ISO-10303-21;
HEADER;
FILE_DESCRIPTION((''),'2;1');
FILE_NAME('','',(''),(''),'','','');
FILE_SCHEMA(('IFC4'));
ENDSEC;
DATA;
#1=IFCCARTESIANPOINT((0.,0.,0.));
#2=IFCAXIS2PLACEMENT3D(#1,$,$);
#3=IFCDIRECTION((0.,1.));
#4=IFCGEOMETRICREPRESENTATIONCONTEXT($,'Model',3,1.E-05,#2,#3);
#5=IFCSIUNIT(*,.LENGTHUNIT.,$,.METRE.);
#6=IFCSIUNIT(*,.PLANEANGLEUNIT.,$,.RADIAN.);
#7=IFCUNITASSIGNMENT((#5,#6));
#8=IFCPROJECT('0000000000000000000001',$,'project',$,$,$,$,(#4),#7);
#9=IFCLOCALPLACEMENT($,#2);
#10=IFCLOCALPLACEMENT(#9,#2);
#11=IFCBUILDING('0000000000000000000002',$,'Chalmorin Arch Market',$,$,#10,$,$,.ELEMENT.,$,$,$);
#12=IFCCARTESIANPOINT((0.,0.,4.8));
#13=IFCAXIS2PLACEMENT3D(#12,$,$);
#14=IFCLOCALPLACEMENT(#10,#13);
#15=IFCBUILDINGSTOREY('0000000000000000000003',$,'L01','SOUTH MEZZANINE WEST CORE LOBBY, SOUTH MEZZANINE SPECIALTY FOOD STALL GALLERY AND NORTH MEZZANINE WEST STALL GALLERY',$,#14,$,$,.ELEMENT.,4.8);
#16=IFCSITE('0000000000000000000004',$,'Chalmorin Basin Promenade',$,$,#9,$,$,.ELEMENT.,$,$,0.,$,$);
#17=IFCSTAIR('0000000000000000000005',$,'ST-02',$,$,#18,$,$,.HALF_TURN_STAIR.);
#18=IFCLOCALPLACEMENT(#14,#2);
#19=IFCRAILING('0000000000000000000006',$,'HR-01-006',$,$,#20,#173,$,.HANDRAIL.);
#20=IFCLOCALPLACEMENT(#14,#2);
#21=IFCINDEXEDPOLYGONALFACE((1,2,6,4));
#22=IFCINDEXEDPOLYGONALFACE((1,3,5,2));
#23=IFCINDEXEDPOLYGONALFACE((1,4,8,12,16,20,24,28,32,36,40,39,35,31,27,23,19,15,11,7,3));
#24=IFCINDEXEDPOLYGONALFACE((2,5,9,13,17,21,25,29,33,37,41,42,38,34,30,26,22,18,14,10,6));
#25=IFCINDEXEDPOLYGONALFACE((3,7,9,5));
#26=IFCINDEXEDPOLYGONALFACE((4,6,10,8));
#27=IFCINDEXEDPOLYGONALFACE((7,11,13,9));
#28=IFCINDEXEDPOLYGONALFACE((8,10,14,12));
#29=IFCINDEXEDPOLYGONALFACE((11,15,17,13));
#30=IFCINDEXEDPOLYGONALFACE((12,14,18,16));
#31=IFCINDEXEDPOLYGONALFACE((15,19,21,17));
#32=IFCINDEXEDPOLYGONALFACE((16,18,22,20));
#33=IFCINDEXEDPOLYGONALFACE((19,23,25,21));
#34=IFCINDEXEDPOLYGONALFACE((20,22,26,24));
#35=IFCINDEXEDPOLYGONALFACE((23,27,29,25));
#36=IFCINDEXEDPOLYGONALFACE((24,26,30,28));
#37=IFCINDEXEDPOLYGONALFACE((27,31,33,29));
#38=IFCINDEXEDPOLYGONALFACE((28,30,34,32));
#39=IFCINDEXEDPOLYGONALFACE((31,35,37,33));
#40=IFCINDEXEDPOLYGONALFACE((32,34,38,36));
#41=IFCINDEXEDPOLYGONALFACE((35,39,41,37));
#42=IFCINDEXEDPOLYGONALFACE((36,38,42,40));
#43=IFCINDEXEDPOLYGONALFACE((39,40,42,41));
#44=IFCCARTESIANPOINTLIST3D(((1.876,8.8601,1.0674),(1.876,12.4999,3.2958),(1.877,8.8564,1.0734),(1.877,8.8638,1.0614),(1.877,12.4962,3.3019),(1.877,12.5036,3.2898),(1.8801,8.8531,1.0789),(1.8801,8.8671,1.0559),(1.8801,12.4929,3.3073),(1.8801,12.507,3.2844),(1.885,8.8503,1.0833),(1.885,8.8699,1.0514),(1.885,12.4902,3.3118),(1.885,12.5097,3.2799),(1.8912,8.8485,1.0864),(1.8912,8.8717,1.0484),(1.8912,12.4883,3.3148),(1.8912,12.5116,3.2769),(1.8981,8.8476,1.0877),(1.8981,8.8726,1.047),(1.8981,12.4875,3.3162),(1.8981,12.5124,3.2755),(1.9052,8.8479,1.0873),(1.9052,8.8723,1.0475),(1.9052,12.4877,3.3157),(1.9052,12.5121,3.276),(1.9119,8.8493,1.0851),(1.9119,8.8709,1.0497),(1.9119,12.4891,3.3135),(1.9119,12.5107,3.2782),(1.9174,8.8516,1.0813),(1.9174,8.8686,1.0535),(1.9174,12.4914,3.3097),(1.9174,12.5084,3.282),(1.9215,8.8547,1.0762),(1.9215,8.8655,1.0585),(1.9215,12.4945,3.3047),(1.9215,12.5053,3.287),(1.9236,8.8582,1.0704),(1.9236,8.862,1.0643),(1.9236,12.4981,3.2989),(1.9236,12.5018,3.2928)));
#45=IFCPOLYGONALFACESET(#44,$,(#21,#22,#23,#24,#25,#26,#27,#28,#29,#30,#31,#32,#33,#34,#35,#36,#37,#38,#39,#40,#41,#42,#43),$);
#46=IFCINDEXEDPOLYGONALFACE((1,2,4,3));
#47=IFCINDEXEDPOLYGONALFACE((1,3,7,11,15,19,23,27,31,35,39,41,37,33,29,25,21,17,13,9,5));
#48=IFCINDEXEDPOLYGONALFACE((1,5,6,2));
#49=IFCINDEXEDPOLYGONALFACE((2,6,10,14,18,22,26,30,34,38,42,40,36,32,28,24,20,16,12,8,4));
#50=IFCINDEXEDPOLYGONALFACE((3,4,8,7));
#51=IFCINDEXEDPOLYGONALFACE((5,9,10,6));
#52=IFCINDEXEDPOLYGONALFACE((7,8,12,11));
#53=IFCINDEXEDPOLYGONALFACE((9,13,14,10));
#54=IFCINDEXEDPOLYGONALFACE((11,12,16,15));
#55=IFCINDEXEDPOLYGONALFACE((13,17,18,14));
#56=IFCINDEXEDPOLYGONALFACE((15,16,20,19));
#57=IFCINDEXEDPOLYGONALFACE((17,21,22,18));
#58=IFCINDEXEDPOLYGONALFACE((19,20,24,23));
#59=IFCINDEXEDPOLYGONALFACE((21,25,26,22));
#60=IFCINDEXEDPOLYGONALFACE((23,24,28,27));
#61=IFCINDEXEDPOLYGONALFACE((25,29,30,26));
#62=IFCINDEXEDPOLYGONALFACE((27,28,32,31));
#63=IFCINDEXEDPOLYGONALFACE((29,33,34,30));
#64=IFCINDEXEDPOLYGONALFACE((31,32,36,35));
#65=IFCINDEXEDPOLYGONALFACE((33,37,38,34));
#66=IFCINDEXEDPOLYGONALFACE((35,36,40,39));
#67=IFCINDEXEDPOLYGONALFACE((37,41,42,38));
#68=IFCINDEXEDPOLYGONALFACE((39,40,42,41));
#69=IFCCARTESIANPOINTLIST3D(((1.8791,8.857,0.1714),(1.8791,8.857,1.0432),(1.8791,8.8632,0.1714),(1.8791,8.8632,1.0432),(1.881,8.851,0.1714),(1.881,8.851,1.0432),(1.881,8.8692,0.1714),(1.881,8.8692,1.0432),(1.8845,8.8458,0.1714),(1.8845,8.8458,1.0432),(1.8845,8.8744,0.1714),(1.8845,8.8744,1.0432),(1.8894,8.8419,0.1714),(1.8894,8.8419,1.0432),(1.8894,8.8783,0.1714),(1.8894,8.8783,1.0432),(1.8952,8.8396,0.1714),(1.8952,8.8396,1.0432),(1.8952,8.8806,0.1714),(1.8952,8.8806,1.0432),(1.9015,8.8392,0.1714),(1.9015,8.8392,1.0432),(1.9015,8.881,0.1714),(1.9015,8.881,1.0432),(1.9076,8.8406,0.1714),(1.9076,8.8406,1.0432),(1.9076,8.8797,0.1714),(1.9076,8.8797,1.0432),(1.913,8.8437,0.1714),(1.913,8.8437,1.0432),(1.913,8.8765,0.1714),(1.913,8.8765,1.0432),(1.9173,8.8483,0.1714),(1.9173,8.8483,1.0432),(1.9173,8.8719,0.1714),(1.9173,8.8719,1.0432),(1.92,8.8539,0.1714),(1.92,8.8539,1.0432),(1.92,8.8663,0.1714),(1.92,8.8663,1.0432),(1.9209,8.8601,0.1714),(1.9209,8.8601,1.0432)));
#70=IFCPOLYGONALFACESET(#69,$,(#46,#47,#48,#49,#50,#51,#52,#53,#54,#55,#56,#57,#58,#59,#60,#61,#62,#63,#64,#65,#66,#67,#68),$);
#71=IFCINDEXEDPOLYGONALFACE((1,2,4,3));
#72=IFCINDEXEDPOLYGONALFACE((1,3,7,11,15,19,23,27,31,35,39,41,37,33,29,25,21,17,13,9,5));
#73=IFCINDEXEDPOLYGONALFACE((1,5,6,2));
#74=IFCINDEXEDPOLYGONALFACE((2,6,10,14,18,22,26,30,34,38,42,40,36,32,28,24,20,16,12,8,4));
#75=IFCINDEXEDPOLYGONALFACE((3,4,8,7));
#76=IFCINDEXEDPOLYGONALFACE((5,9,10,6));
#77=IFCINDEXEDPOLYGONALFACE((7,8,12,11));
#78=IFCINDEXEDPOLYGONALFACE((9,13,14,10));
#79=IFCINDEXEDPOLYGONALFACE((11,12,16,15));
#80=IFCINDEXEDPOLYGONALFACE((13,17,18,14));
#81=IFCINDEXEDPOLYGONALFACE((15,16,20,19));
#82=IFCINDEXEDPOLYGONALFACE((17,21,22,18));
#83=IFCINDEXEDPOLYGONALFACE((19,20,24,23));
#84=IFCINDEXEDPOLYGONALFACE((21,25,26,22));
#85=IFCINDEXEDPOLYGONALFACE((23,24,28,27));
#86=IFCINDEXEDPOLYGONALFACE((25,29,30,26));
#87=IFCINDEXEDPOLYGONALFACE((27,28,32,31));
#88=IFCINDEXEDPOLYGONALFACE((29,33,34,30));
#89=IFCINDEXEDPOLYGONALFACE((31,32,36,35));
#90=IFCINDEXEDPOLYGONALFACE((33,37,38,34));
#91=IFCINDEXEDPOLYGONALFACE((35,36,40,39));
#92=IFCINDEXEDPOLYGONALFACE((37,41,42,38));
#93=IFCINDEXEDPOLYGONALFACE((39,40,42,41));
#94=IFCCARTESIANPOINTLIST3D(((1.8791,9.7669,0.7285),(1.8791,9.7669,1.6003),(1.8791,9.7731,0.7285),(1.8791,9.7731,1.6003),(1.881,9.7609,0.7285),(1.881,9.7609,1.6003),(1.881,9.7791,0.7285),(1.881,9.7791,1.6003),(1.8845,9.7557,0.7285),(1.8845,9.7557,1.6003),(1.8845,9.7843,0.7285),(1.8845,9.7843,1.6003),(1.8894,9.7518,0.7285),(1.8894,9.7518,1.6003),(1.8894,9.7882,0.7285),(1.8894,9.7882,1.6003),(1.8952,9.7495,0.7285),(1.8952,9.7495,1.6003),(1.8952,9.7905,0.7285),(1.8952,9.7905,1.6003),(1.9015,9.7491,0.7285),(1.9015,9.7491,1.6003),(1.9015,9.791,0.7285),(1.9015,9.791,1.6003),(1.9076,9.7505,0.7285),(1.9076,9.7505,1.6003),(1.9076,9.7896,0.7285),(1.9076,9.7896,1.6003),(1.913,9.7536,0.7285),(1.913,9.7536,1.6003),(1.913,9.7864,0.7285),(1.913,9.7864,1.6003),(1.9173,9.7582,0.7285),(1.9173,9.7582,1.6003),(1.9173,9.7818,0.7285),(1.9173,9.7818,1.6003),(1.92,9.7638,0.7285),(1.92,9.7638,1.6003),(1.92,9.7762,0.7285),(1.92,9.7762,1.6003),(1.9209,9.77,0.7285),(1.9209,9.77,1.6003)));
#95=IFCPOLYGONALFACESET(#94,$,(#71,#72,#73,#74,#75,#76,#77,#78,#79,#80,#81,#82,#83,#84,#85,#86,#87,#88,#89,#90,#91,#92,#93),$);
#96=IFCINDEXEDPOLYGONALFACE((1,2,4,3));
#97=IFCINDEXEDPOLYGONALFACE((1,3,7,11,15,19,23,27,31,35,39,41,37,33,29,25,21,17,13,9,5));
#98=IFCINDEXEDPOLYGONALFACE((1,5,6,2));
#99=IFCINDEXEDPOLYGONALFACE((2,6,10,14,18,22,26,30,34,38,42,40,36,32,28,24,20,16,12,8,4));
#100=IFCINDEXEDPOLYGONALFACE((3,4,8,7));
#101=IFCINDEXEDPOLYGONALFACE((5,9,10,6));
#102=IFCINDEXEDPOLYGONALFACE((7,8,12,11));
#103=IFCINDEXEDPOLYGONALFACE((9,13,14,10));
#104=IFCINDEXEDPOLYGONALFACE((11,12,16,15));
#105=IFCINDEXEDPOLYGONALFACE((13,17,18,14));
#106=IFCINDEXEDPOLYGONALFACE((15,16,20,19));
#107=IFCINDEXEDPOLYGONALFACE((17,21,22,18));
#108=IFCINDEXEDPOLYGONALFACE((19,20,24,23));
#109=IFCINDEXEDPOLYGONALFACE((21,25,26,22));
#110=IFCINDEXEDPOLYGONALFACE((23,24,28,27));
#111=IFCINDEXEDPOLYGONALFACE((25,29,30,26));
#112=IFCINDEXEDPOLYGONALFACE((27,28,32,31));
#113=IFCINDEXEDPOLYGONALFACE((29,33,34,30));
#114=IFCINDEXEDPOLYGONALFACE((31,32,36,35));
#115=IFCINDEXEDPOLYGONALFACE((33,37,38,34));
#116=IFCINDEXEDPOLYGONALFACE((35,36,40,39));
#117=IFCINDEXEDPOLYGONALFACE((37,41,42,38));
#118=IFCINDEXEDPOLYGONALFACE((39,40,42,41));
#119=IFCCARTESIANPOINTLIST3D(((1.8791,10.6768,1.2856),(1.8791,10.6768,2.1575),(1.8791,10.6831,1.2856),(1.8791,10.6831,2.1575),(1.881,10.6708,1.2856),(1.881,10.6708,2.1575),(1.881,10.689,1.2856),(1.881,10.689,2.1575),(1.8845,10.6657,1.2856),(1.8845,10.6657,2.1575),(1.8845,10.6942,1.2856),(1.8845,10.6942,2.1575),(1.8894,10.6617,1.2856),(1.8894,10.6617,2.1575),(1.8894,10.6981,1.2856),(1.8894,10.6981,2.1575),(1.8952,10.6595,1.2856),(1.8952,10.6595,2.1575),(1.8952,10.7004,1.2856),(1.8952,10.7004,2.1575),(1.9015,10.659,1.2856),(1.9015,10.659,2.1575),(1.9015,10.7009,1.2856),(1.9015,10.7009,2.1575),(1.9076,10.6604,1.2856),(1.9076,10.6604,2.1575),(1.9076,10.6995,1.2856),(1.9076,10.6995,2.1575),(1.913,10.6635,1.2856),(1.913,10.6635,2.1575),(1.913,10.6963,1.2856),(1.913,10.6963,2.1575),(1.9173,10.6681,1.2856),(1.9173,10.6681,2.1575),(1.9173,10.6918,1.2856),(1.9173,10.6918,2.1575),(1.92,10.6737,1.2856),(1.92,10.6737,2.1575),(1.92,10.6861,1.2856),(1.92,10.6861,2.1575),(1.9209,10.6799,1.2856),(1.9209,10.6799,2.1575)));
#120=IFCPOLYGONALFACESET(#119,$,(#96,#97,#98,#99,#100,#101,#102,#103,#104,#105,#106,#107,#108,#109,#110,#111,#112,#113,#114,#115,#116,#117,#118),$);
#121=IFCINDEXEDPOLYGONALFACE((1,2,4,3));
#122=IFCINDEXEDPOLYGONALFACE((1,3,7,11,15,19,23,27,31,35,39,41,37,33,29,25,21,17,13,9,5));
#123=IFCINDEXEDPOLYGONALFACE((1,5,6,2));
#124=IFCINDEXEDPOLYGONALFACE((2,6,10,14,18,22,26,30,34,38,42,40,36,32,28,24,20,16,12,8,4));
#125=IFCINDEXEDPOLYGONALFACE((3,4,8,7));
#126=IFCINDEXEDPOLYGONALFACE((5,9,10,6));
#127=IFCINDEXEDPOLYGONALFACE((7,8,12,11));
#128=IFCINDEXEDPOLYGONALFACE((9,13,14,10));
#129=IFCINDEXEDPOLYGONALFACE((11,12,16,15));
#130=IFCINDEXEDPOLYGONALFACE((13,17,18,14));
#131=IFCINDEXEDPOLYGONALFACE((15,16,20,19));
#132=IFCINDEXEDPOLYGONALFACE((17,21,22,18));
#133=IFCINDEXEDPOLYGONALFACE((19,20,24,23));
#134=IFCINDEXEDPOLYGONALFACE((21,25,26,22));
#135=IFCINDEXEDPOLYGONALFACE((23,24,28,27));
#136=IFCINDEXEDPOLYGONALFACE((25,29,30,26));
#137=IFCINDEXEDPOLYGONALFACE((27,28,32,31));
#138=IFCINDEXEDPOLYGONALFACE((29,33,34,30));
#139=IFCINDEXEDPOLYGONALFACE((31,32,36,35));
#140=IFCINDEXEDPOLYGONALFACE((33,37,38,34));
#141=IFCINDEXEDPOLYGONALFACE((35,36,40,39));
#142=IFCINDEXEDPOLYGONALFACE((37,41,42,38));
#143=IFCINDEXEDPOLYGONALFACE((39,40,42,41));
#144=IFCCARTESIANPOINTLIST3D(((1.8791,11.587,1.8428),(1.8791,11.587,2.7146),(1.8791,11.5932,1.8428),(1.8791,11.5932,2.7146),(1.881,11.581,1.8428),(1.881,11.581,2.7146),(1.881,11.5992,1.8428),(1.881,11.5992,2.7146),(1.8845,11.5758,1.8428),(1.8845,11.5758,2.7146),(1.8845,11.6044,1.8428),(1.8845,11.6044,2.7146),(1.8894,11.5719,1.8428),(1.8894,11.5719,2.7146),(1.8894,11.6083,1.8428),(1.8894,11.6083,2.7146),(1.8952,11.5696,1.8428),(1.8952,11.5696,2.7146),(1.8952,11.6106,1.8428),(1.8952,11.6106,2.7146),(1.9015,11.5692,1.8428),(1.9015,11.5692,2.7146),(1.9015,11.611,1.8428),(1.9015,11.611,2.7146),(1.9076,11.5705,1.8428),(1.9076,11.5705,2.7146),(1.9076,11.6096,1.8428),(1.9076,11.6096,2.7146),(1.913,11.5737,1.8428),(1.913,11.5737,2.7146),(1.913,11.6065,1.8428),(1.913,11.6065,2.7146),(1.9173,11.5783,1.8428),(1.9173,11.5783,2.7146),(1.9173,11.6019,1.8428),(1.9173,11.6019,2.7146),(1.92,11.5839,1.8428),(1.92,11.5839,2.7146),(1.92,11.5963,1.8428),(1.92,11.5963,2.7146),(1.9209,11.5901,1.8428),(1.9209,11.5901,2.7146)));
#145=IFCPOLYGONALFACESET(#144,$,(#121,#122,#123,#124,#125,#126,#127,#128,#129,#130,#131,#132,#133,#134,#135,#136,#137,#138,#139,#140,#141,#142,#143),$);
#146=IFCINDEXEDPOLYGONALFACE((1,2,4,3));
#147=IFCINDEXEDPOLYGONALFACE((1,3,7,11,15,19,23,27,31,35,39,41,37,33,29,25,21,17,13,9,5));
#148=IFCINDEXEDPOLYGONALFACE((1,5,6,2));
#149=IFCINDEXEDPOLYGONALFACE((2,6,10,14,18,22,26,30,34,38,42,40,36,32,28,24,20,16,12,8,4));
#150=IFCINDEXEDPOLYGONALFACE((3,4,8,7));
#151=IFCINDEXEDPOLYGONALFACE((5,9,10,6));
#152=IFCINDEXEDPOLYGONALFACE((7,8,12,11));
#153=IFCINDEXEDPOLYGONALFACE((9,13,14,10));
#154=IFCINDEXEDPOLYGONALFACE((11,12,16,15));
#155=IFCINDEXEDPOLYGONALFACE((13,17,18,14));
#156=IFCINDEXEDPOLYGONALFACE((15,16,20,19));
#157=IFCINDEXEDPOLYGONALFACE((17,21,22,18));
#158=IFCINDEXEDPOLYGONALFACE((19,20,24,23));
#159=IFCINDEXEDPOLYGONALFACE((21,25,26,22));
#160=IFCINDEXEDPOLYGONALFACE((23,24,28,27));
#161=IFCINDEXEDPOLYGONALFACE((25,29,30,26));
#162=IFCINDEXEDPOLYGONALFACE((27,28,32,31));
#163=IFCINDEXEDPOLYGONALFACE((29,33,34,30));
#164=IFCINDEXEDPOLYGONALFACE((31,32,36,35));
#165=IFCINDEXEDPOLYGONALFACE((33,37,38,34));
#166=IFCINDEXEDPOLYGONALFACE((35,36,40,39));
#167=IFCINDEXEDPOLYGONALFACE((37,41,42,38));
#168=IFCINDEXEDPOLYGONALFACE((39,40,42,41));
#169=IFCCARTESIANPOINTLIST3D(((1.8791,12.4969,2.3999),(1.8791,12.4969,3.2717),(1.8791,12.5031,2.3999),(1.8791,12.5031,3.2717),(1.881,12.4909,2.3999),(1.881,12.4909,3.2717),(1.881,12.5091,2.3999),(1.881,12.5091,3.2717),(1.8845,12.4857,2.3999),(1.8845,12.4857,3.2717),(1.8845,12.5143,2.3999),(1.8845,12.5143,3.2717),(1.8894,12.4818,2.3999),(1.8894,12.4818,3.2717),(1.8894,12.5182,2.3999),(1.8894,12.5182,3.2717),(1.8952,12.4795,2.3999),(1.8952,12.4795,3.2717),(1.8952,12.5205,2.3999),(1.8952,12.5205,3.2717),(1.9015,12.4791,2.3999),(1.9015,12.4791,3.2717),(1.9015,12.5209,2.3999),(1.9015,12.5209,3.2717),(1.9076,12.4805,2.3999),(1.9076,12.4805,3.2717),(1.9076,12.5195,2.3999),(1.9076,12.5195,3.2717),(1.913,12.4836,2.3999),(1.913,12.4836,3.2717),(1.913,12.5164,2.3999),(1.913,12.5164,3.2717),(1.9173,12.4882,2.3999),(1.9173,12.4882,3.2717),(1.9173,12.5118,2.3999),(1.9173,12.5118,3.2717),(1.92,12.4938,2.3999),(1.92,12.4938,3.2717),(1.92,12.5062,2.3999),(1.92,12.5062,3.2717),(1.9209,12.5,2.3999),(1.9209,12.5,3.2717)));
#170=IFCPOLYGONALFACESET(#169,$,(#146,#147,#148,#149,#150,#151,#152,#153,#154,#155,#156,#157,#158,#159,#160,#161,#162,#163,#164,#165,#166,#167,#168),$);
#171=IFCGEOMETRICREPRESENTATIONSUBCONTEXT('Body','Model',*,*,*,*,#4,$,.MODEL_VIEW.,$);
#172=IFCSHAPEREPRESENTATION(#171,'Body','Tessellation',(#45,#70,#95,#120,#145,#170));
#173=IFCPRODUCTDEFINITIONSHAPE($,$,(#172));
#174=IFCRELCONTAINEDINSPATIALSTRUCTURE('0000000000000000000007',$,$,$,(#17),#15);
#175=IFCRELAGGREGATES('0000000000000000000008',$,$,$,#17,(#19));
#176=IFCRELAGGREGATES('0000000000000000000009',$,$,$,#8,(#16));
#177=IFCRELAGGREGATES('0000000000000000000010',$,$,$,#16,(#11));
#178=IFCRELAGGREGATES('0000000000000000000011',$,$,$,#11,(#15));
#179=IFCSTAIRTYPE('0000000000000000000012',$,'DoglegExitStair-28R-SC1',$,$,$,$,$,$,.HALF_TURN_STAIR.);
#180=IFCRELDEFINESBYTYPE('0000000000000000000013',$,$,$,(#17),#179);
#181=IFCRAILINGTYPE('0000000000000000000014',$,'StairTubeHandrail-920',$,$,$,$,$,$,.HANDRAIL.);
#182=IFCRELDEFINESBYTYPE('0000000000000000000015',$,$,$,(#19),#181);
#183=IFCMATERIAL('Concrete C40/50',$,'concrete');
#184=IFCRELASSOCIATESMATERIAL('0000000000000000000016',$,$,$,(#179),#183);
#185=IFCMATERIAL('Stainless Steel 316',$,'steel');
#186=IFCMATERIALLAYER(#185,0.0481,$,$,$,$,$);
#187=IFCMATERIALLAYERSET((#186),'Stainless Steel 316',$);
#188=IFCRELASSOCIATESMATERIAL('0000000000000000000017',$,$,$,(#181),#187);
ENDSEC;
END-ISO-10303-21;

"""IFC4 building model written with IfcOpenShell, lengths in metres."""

from ifc_helpers import new_model, si_unit, direction, frame, origin, origin_2d, place, context, subcontext, project, spatial, circle, extrude, material, layer, layer_set, type_object, element, aggregate, save


model = new_model("IFC4")

# Units and contexts
model_context = context("Model", 3, precision=1e-05, world=origin(), true_north=direction((0.0, 1.0)))
body_context = subcontext(model_context, "Body", "Model", "MODEL_VIEW")
ifc_project = project(units=[si_unit("LENGTHUNIT", "METRE"), si_unit("PLANEANGLEUNIT", "RADIAN")], contexts=[model_context])

# Site, building, storey
site_placement = place(None, origin())
site = spatial("IfcSite", under=ifc_project, at=site_placement, Name="Chalmorin Basin Promenade", CompositionType="ELEMENT", RefElevation=0.0)
building_placement = place(site_placement, origin())
building = spatial("IfcBuilding", under=site, at=building_placement, Name="Chalmorin Arch Market", CompositionType="ELEMENT")
storey_placement = place(building_placement, frame((0.0, 0.0, 4.8)))
storey = spatial("IfcBuildingStorey", under=building, at=storey_placement, Name="L01", Description="SOUTH MEZZANINE WEST CORE LOBBY, SOUTH MEZZANINE SPECIALTY FOOD STALL GALLERY AND NORTH MEZZANINE WEST STALL GALLERY", CompositionType="ELEMENT", Elevation=4.8)

# Shared definitions
ifc_material_1 = material(Name="Concrete C40/50", Category="concrete")

# Stair, railing
stair_type = type_object("IfcStairType", Name="DoglegExitStair-28R-SC1", PredefinedType="HALF_TURN_STAIR", material=ifc_material_1)
stair_placement = place(storey_placement, origin())
stair = element("IfcStair", 1, at=stair_placement, inside=storey, type_object=stair_type, Name="ST-02", PredefinedType="HALF_TURN_STAIR")
ifc_material_2 = material(Name="Stainless Steel 316", Category="steel")
ifc_layer_1 = layer(ifc_material_2, 0.0481)
ifc_layer_set_1 = layer_set([ifc_layer_1], Name="Stainless Steel 316")
railing_type_1 = type_object("IfcRailingType", Name="StairTubeHandrail-920", PredefinedType="HANDRAIL", material=ifc_layer_set_1)
railing_1_placement = place(storey_placement, frame((1.8999, 8.8601, 0.1714)))
railing_1 = element("IfcRailing", 2, at=railing_1_placement, type_object=railing_type_1, Name="HR-01-006", PredefinedType="HANDRAIL", context=body_context, shape_type="SweptSolid", body=[
    extrude(circle(Radius=0.0239, at=origin_2d()), frame((0.0, 0.0, 0.896), z_axis=(0.0, 0.85285, 0.522156), x_axis=(-1.0, 0.0, 0.0)), (0.0, 0.0, 1.0), 4.2678),
    extrude(circle(Radius=0.021, at=origin_2d()), origin(), (0.0, 0.0, 1.0), 0.8718),
    extrude(circle(Radius=0.021, at=origin_2d()), frame((0.0, 0.9099, 0.5571)), (0.0, 0.0, 1.0), 0.8718),
    extrude(circle(Radius=0.021, at=origin_2d()), frame((0.0, 1.8198, 1.1143)), (0.0, 0.0, 1.0), 0.8718),
    extrude(circle(Radius=0.021, at=origin_2d()), frame((0.0, 2.73, 1.6714)), (0.0, 0.0, 1.0), 0.8718),
    extrude(circle(Radius=0.021, at=origin_2d()), frame((0.0, 3.6399, 2.2285)), (0.0, 0.0, 1.0), 0.8718),
])
aggregate(stair, [railing_1])

save(model, "model.ifc")
